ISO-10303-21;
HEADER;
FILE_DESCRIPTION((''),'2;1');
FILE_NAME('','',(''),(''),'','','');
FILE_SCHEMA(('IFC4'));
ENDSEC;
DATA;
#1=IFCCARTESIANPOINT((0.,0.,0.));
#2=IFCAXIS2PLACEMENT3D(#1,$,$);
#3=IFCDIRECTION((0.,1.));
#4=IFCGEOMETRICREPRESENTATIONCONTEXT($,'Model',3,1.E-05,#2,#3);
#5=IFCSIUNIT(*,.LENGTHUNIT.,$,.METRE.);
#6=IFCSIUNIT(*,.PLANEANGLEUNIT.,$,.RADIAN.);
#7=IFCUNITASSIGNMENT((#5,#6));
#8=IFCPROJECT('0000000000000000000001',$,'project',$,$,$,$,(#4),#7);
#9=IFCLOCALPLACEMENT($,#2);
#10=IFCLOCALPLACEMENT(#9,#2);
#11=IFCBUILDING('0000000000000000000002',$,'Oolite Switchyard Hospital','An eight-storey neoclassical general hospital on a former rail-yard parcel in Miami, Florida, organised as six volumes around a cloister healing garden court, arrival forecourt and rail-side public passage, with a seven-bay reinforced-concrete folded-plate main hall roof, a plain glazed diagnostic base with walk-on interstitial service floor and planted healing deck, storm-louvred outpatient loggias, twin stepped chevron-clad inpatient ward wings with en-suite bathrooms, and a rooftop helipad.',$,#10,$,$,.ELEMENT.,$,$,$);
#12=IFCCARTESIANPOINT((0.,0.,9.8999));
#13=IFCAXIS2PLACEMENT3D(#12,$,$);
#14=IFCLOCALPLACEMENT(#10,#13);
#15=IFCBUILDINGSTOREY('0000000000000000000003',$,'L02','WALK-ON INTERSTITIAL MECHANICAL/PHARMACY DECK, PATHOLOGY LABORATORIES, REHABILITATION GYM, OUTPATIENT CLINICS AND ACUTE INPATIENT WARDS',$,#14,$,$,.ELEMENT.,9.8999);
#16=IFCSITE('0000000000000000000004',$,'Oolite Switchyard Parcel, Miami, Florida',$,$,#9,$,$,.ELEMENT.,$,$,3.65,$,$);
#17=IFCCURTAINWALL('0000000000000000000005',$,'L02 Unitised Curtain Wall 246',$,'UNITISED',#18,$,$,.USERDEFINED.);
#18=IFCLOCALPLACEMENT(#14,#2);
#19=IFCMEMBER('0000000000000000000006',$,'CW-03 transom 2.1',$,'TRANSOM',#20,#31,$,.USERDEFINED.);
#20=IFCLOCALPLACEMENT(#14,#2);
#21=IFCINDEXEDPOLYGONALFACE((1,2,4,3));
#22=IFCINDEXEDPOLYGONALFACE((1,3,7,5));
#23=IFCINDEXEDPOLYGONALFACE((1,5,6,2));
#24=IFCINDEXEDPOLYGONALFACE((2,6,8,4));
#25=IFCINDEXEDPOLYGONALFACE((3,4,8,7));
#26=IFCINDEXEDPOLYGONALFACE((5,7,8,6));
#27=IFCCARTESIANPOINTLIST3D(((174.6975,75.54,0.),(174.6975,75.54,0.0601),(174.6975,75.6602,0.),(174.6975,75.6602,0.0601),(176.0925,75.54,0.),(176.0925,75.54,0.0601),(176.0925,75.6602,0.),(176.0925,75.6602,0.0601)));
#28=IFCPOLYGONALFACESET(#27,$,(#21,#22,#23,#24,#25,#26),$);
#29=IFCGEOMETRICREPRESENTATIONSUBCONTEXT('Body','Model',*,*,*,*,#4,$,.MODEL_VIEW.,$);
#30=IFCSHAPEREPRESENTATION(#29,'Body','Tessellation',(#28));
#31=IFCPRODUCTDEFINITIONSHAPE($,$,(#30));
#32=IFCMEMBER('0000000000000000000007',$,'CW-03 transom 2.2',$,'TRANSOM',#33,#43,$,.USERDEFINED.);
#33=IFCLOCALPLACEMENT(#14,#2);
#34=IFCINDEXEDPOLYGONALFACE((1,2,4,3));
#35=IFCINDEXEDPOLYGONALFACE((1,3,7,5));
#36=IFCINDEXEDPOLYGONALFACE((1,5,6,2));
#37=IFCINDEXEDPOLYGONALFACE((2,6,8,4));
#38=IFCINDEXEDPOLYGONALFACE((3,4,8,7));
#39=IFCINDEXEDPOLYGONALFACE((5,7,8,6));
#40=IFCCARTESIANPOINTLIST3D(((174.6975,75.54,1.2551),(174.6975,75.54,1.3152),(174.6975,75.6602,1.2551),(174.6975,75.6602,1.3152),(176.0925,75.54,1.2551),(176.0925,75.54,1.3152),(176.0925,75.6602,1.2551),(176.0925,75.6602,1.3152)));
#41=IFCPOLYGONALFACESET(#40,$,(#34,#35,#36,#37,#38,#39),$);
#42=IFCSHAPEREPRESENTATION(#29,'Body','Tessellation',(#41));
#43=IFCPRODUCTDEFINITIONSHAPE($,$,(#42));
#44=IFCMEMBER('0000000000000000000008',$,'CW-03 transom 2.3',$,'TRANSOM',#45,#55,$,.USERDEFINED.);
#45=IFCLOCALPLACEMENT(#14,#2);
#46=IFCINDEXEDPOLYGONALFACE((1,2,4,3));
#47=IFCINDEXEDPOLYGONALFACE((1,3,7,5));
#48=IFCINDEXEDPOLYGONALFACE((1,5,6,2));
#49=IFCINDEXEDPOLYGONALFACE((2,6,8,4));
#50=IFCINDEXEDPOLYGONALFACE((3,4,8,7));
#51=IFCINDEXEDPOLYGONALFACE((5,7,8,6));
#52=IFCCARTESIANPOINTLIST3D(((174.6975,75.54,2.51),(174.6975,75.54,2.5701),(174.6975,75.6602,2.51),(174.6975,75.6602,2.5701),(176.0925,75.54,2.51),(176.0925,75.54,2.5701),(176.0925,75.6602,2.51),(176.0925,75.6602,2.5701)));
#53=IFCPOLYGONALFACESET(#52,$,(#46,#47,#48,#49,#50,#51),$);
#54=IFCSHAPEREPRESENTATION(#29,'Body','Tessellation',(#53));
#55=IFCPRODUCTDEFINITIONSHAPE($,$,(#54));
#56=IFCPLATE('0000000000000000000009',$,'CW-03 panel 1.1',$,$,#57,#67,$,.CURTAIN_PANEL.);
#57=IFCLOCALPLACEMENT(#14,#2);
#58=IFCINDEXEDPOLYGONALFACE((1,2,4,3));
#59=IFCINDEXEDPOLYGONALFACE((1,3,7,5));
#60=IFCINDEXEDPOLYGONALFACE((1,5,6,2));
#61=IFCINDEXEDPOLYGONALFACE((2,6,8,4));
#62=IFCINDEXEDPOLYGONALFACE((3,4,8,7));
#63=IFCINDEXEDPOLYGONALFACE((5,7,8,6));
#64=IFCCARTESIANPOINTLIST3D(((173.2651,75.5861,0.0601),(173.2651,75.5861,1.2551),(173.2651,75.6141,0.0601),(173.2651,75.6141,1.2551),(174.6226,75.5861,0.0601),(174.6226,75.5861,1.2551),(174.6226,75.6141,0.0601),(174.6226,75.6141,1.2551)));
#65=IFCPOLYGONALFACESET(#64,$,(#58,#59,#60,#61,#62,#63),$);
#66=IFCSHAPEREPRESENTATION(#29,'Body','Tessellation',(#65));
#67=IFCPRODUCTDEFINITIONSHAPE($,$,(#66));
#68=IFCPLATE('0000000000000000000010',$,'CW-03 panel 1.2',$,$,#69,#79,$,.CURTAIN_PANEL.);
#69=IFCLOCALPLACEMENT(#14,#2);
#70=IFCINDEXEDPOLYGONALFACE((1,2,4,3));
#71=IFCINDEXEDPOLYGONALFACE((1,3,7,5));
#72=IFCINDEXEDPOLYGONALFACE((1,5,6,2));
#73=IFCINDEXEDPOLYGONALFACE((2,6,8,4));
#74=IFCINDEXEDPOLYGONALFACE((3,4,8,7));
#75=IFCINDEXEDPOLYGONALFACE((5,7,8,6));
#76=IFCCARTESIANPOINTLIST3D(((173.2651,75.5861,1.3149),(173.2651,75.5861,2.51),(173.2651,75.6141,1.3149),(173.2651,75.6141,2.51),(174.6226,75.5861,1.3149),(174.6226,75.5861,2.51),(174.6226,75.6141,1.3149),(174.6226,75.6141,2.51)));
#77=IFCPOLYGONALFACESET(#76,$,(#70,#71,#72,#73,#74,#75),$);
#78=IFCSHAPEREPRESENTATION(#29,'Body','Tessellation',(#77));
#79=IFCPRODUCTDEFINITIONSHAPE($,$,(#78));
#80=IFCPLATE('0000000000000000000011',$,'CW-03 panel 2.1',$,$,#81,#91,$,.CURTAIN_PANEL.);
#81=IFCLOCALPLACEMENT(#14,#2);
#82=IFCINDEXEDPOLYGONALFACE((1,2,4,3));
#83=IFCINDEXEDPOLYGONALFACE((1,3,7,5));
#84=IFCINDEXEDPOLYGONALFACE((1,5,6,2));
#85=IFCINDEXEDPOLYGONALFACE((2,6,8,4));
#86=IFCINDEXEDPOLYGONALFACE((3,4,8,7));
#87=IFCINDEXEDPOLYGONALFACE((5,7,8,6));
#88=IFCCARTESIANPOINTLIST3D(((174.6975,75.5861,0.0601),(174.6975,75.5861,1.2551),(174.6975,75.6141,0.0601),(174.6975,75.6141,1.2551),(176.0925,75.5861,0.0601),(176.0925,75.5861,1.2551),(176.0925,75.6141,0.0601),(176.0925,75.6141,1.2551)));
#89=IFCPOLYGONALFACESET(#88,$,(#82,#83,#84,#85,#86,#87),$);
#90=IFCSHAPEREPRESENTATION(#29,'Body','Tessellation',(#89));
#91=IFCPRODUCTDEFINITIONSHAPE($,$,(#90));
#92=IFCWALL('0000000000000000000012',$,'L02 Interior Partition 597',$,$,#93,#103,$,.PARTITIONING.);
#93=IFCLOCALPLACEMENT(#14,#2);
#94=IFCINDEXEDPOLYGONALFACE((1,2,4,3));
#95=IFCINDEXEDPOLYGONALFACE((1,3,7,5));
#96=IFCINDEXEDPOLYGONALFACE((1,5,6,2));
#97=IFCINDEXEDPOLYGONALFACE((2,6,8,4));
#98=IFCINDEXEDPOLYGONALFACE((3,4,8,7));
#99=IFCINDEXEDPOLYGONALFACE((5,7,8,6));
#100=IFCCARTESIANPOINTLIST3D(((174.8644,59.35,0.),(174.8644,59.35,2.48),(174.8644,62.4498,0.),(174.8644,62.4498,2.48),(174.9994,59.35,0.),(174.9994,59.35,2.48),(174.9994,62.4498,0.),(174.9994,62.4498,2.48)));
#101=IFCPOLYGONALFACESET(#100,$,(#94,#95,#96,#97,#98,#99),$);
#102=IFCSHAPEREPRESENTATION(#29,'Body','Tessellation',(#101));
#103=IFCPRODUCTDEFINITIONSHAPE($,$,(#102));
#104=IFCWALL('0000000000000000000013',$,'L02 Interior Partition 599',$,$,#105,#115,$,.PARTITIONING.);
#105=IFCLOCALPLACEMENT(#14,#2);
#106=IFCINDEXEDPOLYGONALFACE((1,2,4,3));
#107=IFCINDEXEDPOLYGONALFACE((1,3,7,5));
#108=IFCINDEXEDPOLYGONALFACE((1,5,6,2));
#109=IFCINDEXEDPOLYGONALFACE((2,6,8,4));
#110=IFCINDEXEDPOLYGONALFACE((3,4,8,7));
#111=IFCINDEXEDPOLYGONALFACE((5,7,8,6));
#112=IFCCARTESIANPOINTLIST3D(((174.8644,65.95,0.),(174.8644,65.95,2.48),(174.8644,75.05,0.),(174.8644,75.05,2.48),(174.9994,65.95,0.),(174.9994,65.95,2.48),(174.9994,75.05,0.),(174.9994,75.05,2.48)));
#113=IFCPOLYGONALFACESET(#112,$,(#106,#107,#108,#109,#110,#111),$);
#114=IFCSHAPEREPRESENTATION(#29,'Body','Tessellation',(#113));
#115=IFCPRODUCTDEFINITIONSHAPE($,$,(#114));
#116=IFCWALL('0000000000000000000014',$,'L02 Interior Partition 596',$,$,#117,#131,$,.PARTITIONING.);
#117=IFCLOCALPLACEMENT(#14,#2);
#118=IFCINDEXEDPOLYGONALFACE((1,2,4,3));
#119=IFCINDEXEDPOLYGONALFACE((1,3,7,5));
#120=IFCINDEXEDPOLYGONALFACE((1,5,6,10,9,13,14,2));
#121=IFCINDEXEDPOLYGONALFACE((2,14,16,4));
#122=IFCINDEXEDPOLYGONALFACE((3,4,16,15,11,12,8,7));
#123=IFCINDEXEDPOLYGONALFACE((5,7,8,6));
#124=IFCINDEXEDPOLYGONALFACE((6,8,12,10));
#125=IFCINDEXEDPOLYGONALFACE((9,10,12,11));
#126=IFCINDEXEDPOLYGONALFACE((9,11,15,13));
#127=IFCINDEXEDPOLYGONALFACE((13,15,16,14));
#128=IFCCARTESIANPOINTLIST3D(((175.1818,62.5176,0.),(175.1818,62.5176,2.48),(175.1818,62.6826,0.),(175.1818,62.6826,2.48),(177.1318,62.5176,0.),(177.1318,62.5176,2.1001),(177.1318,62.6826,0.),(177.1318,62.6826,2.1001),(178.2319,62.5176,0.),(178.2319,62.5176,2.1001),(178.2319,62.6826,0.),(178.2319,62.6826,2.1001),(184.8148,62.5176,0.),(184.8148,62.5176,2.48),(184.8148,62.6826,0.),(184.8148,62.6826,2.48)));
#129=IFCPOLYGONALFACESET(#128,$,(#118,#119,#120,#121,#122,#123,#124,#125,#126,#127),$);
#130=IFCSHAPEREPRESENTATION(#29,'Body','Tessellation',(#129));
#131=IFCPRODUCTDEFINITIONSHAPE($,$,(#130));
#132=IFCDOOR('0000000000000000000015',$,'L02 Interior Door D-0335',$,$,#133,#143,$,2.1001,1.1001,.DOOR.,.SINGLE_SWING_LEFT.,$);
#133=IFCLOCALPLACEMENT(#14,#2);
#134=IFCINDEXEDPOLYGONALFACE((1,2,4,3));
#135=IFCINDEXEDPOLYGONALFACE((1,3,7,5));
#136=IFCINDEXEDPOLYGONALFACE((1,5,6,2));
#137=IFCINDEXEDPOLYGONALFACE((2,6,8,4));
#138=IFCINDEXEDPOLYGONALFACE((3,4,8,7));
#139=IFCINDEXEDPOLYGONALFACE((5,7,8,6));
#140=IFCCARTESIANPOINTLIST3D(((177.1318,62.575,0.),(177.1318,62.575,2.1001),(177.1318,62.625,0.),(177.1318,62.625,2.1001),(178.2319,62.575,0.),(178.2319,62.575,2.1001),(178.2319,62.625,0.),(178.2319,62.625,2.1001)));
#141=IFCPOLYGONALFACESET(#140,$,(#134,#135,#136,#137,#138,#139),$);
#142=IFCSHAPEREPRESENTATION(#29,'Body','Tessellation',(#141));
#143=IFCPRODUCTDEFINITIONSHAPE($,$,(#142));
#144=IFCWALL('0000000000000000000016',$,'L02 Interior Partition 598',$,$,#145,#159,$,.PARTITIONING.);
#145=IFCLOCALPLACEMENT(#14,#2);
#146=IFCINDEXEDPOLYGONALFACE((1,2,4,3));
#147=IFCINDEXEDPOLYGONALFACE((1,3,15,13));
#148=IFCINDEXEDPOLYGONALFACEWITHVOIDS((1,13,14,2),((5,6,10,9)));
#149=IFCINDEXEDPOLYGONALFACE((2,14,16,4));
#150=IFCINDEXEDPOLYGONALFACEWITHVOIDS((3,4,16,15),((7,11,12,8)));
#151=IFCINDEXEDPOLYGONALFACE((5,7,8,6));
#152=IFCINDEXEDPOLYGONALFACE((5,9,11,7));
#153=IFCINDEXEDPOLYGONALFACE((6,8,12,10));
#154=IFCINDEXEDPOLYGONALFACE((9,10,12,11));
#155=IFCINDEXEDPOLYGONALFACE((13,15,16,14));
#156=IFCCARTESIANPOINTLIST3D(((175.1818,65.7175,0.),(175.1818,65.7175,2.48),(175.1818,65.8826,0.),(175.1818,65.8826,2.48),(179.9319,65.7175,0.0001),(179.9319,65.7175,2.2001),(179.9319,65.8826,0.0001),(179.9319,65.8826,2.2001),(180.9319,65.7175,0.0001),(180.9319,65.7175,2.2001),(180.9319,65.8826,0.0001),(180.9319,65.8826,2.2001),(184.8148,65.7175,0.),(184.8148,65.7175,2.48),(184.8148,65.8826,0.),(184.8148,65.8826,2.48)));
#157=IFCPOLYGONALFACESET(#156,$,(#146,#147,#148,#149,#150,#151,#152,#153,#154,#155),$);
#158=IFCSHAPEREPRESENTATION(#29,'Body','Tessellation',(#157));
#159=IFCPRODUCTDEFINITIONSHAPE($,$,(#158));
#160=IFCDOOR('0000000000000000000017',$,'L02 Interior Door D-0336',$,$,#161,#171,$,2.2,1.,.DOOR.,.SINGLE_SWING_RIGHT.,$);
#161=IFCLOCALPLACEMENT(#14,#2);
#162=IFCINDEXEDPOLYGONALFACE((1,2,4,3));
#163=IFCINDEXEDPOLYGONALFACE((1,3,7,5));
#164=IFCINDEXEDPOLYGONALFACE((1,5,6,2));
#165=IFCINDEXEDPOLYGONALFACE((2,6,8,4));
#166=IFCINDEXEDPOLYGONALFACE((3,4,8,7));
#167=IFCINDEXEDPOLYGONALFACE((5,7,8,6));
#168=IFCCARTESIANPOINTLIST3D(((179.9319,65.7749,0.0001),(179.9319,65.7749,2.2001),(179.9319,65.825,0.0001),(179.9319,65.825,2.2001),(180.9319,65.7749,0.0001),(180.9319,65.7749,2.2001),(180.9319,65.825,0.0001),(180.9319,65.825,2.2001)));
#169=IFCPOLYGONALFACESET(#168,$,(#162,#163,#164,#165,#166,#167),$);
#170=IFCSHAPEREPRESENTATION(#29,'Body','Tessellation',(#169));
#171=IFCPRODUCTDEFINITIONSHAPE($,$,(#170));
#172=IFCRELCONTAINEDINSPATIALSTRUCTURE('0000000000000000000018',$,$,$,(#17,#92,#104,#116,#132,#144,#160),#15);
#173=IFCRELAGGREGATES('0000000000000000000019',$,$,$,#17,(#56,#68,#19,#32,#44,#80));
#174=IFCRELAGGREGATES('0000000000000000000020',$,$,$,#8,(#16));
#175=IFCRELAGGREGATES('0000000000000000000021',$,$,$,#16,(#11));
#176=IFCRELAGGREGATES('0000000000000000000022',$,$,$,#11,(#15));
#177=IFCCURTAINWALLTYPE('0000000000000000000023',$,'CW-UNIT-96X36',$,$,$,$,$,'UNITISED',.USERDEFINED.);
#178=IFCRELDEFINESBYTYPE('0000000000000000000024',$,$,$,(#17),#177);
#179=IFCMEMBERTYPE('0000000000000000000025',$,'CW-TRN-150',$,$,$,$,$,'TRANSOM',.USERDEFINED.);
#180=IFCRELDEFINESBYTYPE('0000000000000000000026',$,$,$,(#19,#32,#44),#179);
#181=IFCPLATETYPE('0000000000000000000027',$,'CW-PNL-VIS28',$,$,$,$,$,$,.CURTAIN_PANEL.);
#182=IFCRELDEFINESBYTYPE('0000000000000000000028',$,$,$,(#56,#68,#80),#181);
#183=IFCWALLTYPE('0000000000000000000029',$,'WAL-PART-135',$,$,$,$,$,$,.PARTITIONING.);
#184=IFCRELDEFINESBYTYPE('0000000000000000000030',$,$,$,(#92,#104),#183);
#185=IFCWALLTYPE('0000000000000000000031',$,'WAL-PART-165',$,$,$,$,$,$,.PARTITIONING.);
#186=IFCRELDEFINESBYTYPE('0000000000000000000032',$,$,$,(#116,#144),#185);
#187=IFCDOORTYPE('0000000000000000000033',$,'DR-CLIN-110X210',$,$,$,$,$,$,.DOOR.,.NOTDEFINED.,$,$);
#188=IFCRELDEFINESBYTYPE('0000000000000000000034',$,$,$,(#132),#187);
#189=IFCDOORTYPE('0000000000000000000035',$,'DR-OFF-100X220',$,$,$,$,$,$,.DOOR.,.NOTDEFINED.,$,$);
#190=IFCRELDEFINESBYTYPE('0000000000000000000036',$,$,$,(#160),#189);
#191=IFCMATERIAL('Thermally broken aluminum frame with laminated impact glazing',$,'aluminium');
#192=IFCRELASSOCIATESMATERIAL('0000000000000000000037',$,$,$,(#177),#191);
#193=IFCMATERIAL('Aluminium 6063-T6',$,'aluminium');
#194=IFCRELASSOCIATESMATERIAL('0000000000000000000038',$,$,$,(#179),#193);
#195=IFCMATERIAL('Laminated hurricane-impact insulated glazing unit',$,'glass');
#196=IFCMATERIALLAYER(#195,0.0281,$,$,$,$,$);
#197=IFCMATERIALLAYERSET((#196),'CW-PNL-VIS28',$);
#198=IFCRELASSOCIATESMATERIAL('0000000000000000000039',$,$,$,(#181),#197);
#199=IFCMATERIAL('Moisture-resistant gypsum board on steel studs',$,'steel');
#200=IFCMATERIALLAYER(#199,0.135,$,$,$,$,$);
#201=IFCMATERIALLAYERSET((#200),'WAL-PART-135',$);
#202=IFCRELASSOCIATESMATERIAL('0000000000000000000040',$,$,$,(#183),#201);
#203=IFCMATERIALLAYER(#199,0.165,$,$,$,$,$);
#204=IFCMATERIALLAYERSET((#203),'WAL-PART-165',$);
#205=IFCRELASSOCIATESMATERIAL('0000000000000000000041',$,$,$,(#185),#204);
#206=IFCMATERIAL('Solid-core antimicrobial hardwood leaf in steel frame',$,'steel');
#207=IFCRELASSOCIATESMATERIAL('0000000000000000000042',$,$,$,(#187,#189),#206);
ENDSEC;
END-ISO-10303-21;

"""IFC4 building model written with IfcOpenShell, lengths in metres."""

from ifc_helpers import new_model, si_unit, direction, frame, frame_2d, origin, origin_2d, place, context, subcontext, project, spatial, rectangle, extrude, material, layer, layer_set, material_profile, profile_set, type_object, element, fill, aggregate, save


model = new_model("IFC4")

# Units and contexts
model_context = context("Model", 3, precision=1e-05, world=origin(), true_north=direction((0.0, 1.0)))
body_context = subcontext(model_context, "Body", "Model", "MODEL_VIEW")
ifc_project = project(units=[si_unit("LENGTHUNIT", "METRE"), si_unit("PLANEANGLEUNIT", "RADIAN")], contexts=[model_context])

# Site, building, storey
site_placement = place(None, origin())
site = spatial("IfcSite", under=ifc_project, at=site_placement, Name="Oolite Switchyard Parcel, Miami, Florida", CompositionType="ELEMENT", RefElevation=3.65)
building_placement = place(site_placement, origin())
building = spatial("IfcBuilding", under=site, at=building_placement, Name="Oolite Switchyard Hospital", Description="An eight-storey neoclassical general hospital on a former rail-yard parcel in Miami, Florida, organised as six volumes around a cloister healing garden court, arrival forecourt and rail-side public passage, with a seven-bay reinforced-concrete folded-plate main hall roof, a plain glazed diagnostic base with walk-on interstitial service floor and planted healing deck, storm-louvred outpatient loggias, twin stepped chevron-clad inpatient ward wings with en-suite bathrooms, and a rooftop helipad.", CompositionType="ELEMENT")
storey_placement = place(building_placement, frame((0.0, 0.0, 9.8999)))
storey = spatial("IfcBuildingStorey", under=building, at=storey_placement, Name="L02", Description="WALK-ON INTERSTITIAL MECHANICAL/PHARMACY DECK, PATHOLOGY LABORATORIES, REHABILITATION GYM, OUTPATIENT CLINICS AND ACUTE INPATIENT WARDS", CompositionType="ELEMENT", Elevation=9.8999)

# Curtain wall, members, plates
ifc_material_1 = material(Name="Thermally broken aluminum frame with laminated impact glazing", Category="aluminium")
curtain_wall_type = type_object("IfcCurtainWallType", Name="CW-UNIT-96X36", ElementType="UNITISED", PredefinedType="USERDEFINED", material=ifc_material_1)
curtain_wall_placement = place(storey_placement, origin())
curtain_wall = element("IfcCurtainWall", 1, at=curtain_wall_placement, inside=storey, type_object=curtain_wall_type, Name="L02 Unitised Curtain Wall 246", ObjectType="UNITISED", PredefinedType="USERDEFINED")
ifc_material_2 = material(Name="Aluminium 6063-T6", Category="aluminium")
ifc_material_profile_1 = material_profile(ifc_material_2, rectangle(XDim=0.1201, YDim=0.0601, at=origin_2d()), Name="CWT60X120")
ifc_profile_set_1 = profile_set([ifc_material_profile_1], Name="Aluminium 6063-T6")
member_type_1 = type_object("IfcMemberType", Name="CW-TRN-150", ElementType="TRANSOM", PredefinedType="USERDEFINED", material=ifc_profile_set_1)
member_1_placement = place(storey_placement, frame((174.6975, 75.6001, 0.03), z_axis=(1.0, 0.0, 0.0), x_axis=(0.0, 1.0, 0.0)))
member_1 = element("IfcMember", 2, at=member_1_placement, type_object=member_type_1, Name="CW-03 transom 2.1", ObjectType="TRANSOM", PredefinedType="USERDEFINED", context=body_context, shape_type="SweptSolid", body=[
    extrude(rectangle(XDim=0.1201, YDim=0.0601, at=origin_2d()), origin(), (0.0, 0.0, 1.0), 1.395),
])
member_2_placement = place(storey_placement, frame((174.6975, 75.6001, 1.2852), z_axis=(1.0, 0.0, 0.0), x_axis=(0.0, 1.0, 0.0)))
member_2 = element("IfcMember", 3, at=member_2_placement, type_object=member_type_1, Name="CW-03 transom 2.2", ObjectType="TRANSOM", PredefinedType="USERDEFINED", context=body_context, shape_type="SweptSolid", body=[
    extrude(rectangle(XDim=0.1201, YDim=0.0601, at=origin_2d()), origin(), (0.0, 0.0, 1.0), 1.395),
])
member_3_placement = place(storey_placement, frame((174.6975, 75.6001, 2.54), z_axis=(1.0, 0.0, 0.0), x_axis=(0.0, 1.0, 0.0)))
member_3 = element("IfcMember", 4, at=member_3_placement, type_object=member_type_1, Name="CW-03 transom 2.3", ObjectType="TRANSOM", PredefinedType="USERDEFINED", context=body_context, shape_type="SweptSolid", body=[
    extrude(rectangle(XDim=0.1201, YDim=0.0601, at=origin_2d()), origin(), (0.0, 0.0, 1.0), 1.395),
])
ifc_material_3 = material(Name="Laminated hurricane-impact insulated glazing unit", Category="glass")
ifc_layer_1 = layer(ifc_material_3, 0.0281)
ifc_layer_set_1 = layer_set([ifc_layer_1], Name="CW-PNL-VIS28")
plate_type = type_object("IfcPlateType", Name="CW-PNL-VIS28", PredefinedType="CURTAIN_PANEL", material=ifc_layer_set_1)
plate_1_placement = place(storey_placement, frame((173.9438, 75.6001, 0.0601), z_axis=(0.0, 0.0, 1.0), x_axis=(1.0, 0.0, 0.0)))
plate_1 = element("IfcPlate", 5, at=plate_1_placement, type_object=plate_type, Name="CW-03 panel 1.1", PredefinedType="CURTAIN_PANEL", context=body_context, shape_type="SweptSolid", body=[
    extrude(rectangle(XDim=1.3574, YDim=0.0281, at=origin_2d()), origin(), (0.0, 0.0, 1.0), 1.1951),
])
plate_2_placement = place(storey_placement, frame((173.9438, 75.6001, 1.3149), z_axis=(0.0, 0.0, 1.0), x_axis=(1.0, 0.0, 0.0)))
plate_2 = element("IfcPlate", 6, at=plate_2_placement, type_object=plate_type, Name="CW-03 panel 1.2", PredefinedType="CURTAIN_PANEL", context=body_context, shape_type="SweptSolid", body=[
    extrude(rectangle(XDim=1.3574, YDim=0.0281, at=origin_2d()), origin(), (0.0, 0.0, 1.0), 1.1951),
])
plate_3_placement = place(storey_placement, frame((175.395, 75.6001, 0.0601), z_axis=(0.0, 0.0, 1.0), x_axis=(1.0, 0.0, 0.0)))
plate_3 = element("IfcPlate", 7, at=plate_3_placement, type_object=plate_type, Name="CW-03 panel 2.1", PredefinedType="CURTAIN_PANEL", context=body_context, shape_type="SweptSolid", body=[
    extrude(rectangle(XDim=1.395, YDim=0.0281, at=origin_2d()), origin(), (0.0, 0.0, 1.0), 1.1951),
])
aggregate(curtain_wall, [plate_1, plate_2, member_1, member_2, member_3, plate_3])

# Walls
ifc_material_4 = material(Name="Moisture-resistant gypsum board on steel studs", Category="steel")
ifc_layer_2 = layer(ifc_material_4, 0.135)
ifc_layer_set_2 = layer_set([ifc_layer_2], Name="WAL-PART-135")
wall_type_1 = type_object("IfcWallType", Name="WAL-PART-135", PredefinedType="PARTITIONING", material=ifc_layer_set_2)
wall_1_placement = place(storey_placement, frame((174.9319, 59.3501, 0.0), z_axis=(0.0, 0.0, 1.0), x_axis=(0.0, 1.0, 0.0)))
element("IfcWall", 8, at=wall_1_placement, inside=storey, type_object=wall_type_1, Name="L02 Interior Partition 597", PredefinedType="PARTITIONING", context=body_context, shape_type="SweptSolid", body=[
    extrude(rectangle(XDim=3.0999, YDim=0.135, at=frame_2d((1.5498, 0.0))), origin(), (0.0, 0.0, 1.0), 2.48),
])
wall_2_placement = place(storey_placement, frame((174.9319, 65.95, 0.0), z_axis=(0.0, 0.0, 1.0), x_axis=(0.0, 1.0, 0.0)))
element("IfcWall", 9, at=wall_2_placement, inside=storey, type_object=wall_type_1, Name="L02 Interior Partition 599", PredefinedType="PARTITIONING", context=body_context, shape_type="SweptSolid", body=[
    extrude(rectangle(XDim=9.1001, YDim=0.135, at=frame_2d((4.55, 0.0))), origin(), (0.0, 0.0, 1.0), 2.48),
])

# Walls, openings, doors
ifc_layer_3 = layer(ifc_material_4, 0.165)
ifc_layer_set_3 = layer_set([ifc_layer_3], Name="WAL-PART-165")
wall_type_2 = type_object("IfcWallType", Name="WAL-PART-165", PredefinedType="PARTITIONING", material=ifc_layer_set_3)
wall_3_placement = place(storey_placement, frame((175.1819, 62.6001, 0.0), z_axis=(0.0, 0.0, 1.0), x_axis=(1.0, 0.0, 0.0)))
wall_3 = element("IfcWall", 10, at=wall_3_placement, inside=storey, type_object=wall_type_2, Name="L02 Interior Partition 596", PredefinedType="PARTITIONING", context=body_context, shape_type="SweptSolid", body=[
    extrude(rectangle(XDim=9.6331, YDim=0.165, at=frame_2d((4.8164, 0.0))), origin(), (0.0, 0.0, 1.0), 2.48),
])
opening_1_placement = place(wall_3_placement, frame((1.95, 0.0, 0.0)))
opening_1 = element("IfcOpeningElement", 11, at=opening_1_placement, cuts=wall_3, PredefinedType="OPENING", context=body_context, shape_type="SweptSolid", body=[
    extrude(rectangle(XDim=1.1001, YDim=2.1001, at=frame_2d((0.55, 1.05))), frame((0.0, 0.0925, 0.0), z_axis=(0.0, -1.0, 0.0), x_axis=(1.0, 0.0, 0.0)), (0.0, 0.0, 1.0), 0.1851),
])
ifc_material_5 = material(Name="Solid-core antimicrobial hardwood leaf in steel frame", Category="steel")
door_type_1 = type_object("IfcDoorType", Name="DR-CLIN-110X210", OperationType="NOTDEFINED", PredefinedType="DOOR", material=ifc_material_5)
door_1_placement = place(opening_1_placement, origin())
door_1 = element("IfcDoor", 12, at=door_1_placement, inside=storey, type_object=door_type_1, Name="L02 Interior Door D-0335", OperationType="SINGLE_SWING_LEFT", OverallHeight=2.1001, OverallWidth=1.1001, PredefinedType="DOOR", context=body_context, shape_type="SweptSolid", body=[
    extrude(rectangle(XDim=1.1001, YDim=2.1001, at=frame_2d((0.55, 1.05))), frame((0.0, 0.0249, 0.0), z_axis=(0.0, -1.0, 0.0), x_axis=(1.0, 0.0, 0.0)), (0.0, 0.0, 1.0), 0.05),
])
fill(opening_1, door_1)
wall_4_placement = place(storey_placement, frame((175.1819, 65.8, 0.0), z_axis=(0.0, 0.0, 1.0), x_axis=(1.0, 0.0, 0.0)))
wall_4 = element("IfcWall", 13, at=wall_4_placement, inside=storey, type_object=wall_type_2, Name="L02 Interior Partition 598", PredefinedType="PARTITIONING", context=body_context, shape_type="SweptSolid", body=[
    extrude(rectangle(XDim=9.6331, YDim=0.165, at=frame_2d((4.8164, 0.0))), origin(), (0.0, 0.0, 1.0), 2.48),
])
opening_2_placement = place(wall_4_placement, frame((4.75, 0.0, 0.0)))
opening_2 = element("IfcOpeningElement", 14, at=opening_2_placement, cuts=wall_4, PredefinedType="OPENING", context=body_context, shape_type="SweptSolid", body=[
    extrude(rectangle(XDim=1.0, YDim=2.2, at=frame_2d((0.5, 1.1001))), frame((0.0, 0.0925, 0.0), z_axis=(0.0, -1.0, 0.0), x_axis=(1.0, 0.0, 0.0)), (0.0, 0.0, 1.0), 0.1851),
])
door_type_2 = type_object("IfcDoorType", Name="DR-OFF-100X220", OperationType="NOTDEFINED", PredefinedType="DOOR", material=ifc_material_5)
door_2_placement = place(opening_2_placement, origin())
door_2 = element("IfcDoor", 15, at=door_2_placement, inside=storey, type_object=door_type_2, Name="L02 Interior Door D-0336", OperationType="SINGLE_SWING_RIGHT", OverallHeight=2.2, OverallWidth=1.0, PredefinedType="DOOR", context=body_context, shape_type="SweptSolid", body=[
    extrude(rectangle(XDim=1.0, YDim=2.2, at=frame_2d((0.5, 1.1001))), frame((0.0, 0.0249, 0.0), z_axis=(0.0, -1.0, 0.0), x_axis=(1.0, 0.0, 0.0)), (0.0, 0.0, 1.0), 0.05),
])
fill(opening_2, door_2)

save(model, "model.ifc")
